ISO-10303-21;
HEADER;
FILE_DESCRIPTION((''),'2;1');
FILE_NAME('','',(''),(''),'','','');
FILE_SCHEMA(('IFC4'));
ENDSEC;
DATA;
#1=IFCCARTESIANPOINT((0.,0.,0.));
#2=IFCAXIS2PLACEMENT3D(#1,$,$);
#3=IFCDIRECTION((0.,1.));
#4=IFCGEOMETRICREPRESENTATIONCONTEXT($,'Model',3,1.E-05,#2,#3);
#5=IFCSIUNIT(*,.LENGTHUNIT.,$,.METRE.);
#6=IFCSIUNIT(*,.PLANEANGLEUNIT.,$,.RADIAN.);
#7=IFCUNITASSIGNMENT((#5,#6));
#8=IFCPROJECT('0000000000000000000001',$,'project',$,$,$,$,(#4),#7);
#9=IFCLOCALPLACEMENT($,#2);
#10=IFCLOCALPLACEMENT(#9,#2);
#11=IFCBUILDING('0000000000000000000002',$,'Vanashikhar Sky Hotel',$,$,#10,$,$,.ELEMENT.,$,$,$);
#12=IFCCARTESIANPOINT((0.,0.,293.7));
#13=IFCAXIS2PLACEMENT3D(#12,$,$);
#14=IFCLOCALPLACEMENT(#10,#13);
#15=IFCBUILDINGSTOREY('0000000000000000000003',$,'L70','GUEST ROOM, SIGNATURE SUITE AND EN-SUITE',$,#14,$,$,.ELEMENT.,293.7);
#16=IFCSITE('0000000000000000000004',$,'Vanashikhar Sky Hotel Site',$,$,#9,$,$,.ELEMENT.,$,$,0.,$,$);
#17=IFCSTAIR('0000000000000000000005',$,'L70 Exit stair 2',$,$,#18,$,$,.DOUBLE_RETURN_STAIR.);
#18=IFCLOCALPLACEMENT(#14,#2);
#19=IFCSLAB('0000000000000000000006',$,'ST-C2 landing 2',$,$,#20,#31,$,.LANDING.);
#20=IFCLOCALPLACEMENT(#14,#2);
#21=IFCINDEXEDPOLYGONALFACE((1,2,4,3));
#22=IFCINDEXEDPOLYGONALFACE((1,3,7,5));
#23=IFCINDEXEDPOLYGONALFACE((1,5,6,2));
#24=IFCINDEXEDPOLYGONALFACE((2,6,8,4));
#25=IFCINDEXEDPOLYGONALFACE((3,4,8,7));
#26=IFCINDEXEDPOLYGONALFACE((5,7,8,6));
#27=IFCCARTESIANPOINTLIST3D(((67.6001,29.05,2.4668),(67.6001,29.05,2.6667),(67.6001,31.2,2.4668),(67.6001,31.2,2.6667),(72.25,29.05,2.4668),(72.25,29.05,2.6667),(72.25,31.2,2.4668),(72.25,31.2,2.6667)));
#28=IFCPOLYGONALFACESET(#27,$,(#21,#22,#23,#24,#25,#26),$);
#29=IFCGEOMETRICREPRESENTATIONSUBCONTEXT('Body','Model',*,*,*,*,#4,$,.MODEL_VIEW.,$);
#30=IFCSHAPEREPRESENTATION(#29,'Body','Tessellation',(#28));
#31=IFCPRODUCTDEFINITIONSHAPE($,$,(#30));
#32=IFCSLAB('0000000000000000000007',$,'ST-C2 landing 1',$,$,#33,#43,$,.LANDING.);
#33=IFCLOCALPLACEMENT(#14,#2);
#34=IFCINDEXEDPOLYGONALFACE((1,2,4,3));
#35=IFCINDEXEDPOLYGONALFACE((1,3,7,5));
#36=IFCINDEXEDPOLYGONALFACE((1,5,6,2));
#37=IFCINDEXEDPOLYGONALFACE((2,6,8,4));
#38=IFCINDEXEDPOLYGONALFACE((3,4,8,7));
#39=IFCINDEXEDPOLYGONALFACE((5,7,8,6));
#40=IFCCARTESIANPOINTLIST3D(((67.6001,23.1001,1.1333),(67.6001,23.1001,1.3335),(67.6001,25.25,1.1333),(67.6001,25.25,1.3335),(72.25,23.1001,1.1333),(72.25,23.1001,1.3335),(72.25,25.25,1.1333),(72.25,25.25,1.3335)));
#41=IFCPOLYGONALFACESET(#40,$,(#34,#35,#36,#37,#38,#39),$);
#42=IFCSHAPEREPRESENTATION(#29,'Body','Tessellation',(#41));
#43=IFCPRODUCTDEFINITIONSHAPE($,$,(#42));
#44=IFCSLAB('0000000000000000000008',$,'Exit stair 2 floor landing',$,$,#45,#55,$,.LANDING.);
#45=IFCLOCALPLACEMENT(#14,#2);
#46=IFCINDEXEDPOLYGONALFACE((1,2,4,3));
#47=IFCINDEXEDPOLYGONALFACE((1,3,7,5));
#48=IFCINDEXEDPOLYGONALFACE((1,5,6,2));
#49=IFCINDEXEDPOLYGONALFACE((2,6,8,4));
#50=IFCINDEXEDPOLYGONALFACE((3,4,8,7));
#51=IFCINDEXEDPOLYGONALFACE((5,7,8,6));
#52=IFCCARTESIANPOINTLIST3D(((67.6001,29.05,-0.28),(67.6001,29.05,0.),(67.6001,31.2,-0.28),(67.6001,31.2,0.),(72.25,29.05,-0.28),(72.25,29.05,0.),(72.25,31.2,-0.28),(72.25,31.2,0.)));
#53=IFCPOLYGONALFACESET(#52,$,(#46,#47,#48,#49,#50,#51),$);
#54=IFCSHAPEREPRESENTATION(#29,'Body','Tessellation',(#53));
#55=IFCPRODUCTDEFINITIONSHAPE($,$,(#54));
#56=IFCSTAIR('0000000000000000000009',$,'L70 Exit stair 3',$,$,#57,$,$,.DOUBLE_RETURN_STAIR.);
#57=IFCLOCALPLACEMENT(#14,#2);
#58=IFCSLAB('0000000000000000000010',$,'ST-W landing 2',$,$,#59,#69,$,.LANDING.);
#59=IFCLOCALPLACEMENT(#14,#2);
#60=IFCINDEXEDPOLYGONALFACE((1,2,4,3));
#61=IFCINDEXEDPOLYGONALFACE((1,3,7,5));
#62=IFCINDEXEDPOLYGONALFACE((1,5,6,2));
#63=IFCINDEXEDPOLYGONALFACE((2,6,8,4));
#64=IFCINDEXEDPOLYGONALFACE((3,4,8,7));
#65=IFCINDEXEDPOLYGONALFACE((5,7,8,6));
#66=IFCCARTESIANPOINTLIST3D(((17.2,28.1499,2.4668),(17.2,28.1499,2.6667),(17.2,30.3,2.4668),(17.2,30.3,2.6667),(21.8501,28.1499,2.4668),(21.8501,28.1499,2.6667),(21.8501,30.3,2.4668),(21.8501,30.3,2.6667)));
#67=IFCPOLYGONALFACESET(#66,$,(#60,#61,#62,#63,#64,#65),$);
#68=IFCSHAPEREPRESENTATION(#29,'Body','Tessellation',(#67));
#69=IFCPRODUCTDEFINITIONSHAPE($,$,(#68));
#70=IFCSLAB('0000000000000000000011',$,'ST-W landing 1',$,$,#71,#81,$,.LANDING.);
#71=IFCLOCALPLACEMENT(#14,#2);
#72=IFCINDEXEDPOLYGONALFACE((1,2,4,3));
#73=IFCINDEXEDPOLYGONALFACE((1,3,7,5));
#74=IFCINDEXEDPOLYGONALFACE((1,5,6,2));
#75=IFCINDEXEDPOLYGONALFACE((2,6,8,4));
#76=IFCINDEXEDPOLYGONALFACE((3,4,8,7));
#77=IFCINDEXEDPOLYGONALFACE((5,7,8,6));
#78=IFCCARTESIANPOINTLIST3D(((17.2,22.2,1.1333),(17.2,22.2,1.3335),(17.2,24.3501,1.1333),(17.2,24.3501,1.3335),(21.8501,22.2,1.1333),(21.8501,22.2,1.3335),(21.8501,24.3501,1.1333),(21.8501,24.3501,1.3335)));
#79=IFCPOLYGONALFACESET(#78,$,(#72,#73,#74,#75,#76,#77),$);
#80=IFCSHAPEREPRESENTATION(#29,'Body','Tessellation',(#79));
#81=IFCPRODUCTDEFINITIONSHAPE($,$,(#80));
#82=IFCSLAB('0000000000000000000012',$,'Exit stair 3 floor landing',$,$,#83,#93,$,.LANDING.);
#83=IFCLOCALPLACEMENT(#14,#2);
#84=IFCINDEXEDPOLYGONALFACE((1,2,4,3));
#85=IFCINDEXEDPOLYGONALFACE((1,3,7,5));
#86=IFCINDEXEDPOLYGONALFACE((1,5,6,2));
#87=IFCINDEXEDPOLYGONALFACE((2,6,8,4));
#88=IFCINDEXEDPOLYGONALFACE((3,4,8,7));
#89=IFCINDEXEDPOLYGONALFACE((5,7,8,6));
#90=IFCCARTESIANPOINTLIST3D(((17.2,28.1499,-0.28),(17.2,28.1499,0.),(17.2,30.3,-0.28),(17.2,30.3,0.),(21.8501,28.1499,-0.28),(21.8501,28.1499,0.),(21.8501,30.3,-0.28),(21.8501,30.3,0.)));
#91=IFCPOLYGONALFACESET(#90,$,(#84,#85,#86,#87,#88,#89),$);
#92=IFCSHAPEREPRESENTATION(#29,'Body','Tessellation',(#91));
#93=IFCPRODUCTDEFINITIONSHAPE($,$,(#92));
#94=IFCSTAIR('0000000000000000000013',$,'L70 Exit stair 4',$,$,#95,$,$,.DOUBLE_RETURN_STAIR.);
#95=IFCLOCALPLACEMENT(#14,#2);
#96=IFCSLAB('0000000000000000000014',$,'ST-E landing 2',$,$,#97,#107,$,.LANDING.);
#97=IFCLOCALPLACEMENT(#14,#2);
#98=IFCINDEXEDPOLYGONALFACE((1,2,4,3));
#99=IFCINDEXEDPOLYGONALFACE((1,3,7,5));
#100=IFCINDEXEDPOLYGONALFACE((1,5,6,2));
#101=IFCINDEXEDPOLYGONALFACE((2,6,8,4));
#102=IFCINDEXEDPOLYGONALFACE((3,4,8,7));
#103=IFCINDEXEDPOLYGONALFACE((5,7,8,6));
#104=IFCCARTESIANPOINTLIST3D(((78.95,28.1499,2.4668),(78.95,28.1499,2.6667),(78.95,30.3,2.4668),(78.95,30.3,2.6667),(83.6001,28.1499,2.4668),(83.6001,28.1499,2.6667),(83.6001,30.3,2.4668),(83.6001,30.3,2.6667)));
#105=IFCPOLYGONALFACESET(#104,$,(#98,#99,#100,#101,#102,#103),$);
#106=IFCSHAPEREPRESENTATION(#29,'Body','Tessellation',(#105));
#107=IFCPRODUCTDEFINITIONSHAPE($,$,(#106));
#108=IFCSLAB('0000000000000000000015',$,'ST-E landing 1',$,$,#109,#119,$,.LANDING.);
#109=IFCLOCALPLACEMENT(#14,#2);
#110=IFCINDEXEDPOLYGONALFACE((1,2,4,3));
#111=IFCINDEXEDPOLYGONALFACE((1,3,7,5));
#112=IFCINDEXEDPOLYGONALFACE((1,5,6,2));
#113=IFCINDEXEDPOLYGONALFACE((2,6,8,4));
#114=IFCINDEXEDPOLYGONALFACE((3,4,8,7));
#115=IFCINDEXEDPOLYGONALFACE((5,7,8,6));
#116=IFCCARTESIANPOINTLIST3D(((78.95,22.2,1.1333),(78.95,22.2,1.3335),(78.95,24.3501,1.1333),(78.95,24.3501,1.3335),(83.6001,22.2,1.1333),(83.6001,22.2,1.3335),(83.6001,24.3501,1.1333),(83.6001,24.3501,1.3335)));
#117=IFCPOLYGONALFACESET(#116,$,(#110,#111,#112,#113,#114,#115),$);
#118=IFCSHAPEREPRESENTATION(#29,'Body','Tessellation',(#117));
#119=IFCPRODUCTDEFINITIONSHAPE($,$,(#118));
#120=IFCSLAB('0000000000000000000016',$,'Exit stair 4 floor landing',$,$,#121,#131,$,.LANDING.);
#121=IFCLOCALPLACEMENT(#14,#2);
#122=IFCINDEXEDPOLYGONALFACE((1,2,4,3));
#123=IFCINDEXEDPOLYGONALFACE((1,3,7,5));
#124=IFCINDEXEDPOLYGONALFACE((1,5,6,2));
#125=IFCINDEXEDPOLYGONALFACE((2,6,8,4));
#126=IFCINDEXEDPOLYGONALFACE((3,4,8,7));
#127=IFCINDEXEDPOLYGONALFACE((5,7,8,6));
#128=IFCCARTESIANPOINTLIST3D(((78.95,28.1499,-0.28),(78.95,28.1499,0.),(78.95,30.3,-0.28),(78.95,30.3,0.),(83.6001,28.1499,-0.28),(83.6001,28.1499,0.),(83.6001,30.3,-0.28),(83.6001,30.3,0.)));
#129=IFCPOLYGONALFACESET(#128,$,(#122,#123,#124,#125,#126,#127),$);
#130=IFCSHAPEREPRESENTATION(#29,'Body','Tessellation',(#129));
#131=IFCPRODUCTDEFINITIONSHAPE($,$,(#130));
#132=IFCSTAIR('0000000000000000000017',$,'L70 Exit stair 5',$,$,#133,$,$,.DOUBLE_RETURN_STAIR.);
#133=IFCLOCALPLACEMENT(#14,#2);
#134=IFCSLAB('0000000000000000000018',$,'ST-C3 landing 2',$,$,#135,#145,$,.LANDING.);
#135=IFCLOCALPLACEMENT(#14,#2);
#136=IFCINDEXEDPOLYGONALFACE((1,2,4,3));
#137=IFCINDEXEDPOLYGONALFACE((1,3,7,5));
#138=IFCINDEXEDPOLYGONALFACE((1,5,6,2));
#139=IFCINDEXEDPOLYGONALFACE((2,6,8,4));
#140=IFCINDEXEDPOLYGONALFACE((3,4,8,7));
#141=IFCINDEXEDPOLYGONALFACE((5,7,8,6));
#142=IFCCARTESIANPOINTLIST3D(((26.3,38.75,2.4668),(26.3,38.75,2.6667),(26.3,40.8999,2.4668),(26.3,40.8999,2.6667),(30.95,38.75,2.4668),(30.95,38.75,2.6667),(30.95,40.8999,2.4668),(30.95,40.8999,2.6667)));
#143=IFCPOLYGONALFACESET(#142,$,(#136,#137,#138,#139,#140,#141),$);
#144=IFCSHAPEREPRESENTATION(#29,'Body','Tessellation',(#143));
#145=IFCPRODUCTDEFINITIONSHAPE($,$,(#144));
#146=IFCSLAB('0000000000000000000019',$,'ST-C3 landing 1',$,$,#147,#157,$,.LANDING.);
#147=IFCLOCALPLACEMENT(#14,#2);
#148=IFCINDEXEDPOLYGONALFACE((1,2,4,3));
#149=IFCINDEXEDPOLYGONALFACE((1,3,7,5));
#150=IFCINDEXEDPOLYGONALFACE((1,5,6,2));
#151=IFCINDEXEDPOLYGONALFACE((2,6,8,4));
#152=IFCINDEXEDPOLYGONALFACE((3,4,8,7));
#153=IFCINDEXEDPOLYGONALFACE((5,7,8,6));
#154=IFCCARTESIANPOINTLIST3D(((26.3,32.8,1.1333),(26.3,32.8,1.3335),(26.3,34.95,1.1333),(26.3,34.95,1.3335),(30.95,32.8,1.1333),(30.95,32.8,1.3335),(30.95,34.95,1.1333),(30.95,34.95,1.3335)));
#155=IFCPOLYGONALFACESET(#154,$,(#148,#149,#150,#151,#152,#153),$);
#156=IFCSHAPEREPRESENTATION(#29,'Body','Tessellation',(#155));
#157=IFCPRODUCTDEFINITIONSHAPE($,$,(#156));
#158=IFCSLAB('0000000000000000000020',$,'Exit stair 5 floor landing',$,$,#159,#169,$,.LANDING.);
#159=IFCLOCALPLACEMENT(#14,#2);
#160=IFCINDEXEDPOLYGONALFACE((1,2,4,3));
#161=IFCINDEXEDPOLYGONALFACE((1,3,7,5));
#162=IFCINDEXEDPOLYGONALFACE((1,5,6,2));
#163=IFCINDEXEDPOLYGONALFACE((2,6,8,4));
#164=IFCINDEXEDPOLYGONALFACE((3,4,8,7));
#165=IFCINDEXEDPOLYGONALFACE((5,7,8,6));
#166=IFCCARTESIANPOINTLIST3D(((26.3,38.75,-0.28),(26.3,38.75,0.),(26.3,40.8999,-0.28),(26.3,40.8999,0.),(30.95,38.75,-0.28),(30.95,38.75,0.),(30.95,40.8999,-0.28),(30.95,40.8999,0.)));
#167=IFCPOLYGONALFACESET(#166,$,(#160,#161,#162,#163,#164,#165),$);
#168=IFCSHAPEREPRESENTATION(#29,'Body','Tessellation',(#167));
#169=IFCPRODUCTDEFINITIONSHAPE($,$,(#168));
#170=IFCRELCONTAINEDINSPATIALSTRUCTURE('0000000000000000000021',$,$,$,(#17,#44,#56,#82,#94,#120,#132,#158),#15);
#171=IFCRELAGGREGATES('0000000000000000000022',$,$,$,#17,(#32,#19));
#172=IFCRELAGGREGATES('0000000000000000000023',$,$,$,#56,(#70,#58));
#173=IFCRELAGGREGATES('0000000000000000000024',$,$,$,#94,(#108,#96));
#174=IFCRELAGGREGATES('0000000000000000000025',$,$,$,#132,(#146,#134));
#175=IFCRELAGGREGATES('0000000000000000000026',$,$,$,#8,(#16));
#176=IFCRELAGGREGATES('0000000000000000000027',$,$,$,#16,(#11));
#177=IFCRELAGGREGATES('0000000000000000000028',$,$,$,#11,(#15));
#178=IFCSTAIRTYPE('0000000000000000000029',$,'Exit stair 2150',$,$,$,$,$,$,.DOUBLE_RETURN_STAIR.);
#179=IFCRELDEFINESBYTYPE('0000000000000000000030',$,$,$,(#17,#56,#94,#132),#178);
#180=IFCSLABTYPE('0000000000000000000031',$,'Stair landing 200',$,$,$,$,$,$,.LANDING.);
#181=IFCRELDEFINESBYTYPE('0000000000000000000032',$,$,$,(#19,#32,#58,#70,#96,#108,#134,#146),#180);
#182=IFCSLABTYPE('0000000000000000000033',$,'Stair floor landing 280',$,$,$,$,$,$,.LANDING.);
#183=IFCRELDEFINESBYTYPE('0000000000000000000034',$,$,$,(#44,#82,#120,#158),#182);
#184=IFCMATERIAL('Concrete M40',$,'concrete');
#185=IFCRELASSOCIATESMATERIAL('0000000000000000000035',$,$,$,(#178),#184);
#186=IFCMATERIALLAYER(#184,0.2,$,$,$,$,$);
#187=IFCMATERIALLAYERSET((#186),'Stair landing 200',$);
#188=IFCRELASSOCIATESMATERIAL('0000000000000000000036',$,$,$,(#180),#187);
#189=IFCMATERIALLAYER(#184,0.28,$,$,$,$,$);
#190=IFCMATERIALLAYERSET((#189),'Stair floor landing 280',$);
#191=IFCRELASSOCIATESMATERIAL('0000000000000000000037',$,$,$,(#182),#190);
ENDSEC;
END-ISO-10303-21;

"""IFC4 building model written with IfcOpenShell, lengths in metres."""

from ifc_helpers import new_model, si_unit, direction, frame, origin, place, context, subcontext, project, spatial, polyline, outline, extrude, source, transform, mapped, material, layer, layer_set, type_object, element, aggregate, save


model = new_model("IFC4")

# Units and contexts
model_context = context("Model", 3, precision=1e-05, world=origin(), true_north=direction((0.0, 1.0)))
body_context = subcontext(model_context, "Body", "Model", "MODEL_VIEW")
ifc_project = project(units=[si_unit("LENGTHUNIT", "METRE"), si_unit("PLANEANGLEUNIT", "RADIAN")], contexts=[model_context])

# Site, building, storey
site_placement = place(None, origin())
site = spatial("IfcSite", under=ifc_project, at=site_placement, Name="Vanashikhar Sky Hotel Site", CompositionType="ELEMENT", RefElevation=0.0)
building_placement = place(site_placement, origin())
building = spatial("IfcBuilding", under=site, at=building_placement, Name="Vanashikhar Sky Hotel", CompositionType="ELEMENT")
storey_placement = place(building_placement, frame((0.0, 0.0, 293.7)))
storey = spatial("IfcBuildingStorey", under=building, at=storey_placement, Name="L70", Description="GUEST ROOM, SIGNATURE SUITE AND EN-SUITE", CompositionType="ELEMENT", Elevation=293.7)

# Shared definitions
ifc_material = material(Name="Concrete M40", Category="concrete")

# Shared definitions
stair_type = type_object("IfcStairType", Name="Exit stair 2150", PredefinedType="DOUBLE_RETURN_STAIR", material=ifc_material)
ifc_layer_1 = layer(ifc_material, 0.2)
ifc_layer_set_1 = layer_set([ifc_layer_1], Name="Stair landing 200")
slab_type_1 = type_object("IfcSlabType", Name="Stair landing 200", PredefinedType="LANDING", material=ifc_layer_set_1)

# Shared definitions
ifc_layer_2 = layer(ifc_material, 0.28)
ifc_layer_set_2 = layer_set([ifc_layer_2], Name="Stair floor landing 280")
slab_type_2 = type_object("IfcSlabType", Name="Stair floor landing 280", PredefinedType="LANDING", material=ifc_layer_set_2)

# Stair, slabs
stair_1_placement = place(storey_placement, origin())
stair_1 = element("IfcStair", 1, at=stair_1_placement, inside=storey, type_object=stair_type, Name="L70 Exit stair 2", PredefinedType="DOUBLE_RETURN_STAIR")
shared_shape_1 = source(origin(), body_context, "Body", "SweptSolid", [
    extrude(outline(polyline([(72.25, 29.05), (72.25, 31.2), (67.6001, 31.2), (67.6001, 29.05), (72.25, 29.05)])), origin(), (0.0, 0.0, 1.0), 0.2),
])
slab_1_placement = place(storey_placement, frame((0.0, 0.0, 2.4668)))
slab_1 = element("IfcSlab", 2, at=slab_1_placement, type_object=slab_type_1, Name="ST-C2 landing 2", PredefinedType="LANDING", context=body_context, shape_type="MappedRepresentation", body=[
    mapped(shared_shape_1, transform((0.0, 0.0, 0.0), scale=1.0)),
])
shared_shape_2 = source(origin(), body_context, "Body", "SweptSolid", [
    extrude(outline(polyline([(72.25, 23.1001), (72.25, 25.25), (67.6001, 25.25), (67.6001, 23.1001), (72.25, 23.1001)])), origin(), (0.0, 0.0, 1.0), 0.2002),
])
slab_2_placement = place(storey_placement, frame((0.0, 0.0, 1.1333)))
slab_2 = element("IfcSlab", 3, at=slab_2_placement, type_object=slab_type_1, Name="ST-C2 landing 1", PredefinedType="LANDING", context=body_context, shape_type="MappedRepresentation", body=[
    mapped(shared_shape_2, transform((0.0, 0.0, 0.0), scale=1.0)),
])
aggregate(stair_1, [slab_2, slab_1])

# Slab
shared_shape_3 = source(origin(), body_context, "Body", "SweptSolid", [
    extrude(outline(polyline([(72.25, 29.05), (72.25, 31.2), (67.6001, 31.2), (67.6001, 29.05), (72.25, 29.05)])), origin(), (0.0, 0.0, 1.0), 0.28),
])
slab_3_placement = place(storey_placement, frame((0.0, 0.0, -0.28)))
element("IfcSlab", 4, at=slab_3_placement, inside=storey, type_object=slab_type_2, Name="Exit stair 2 floor landing", PredefinedType="LANDING", context=body_context, shape_type="MappedRepresentation", body=[
    mapped(shared_shape_3, transform((0.0, 0.0, 0.0), scale=1.0)),
])

# Stair, slabs
stair_2_placement = place(storey_placement, origin())
stair_2 = element("IfcStair", 5, at=stair_2_placement, inside=storey, type_object=stair_type, Name="L70 Exit stair 3", PredefinedType="DOUBLE_RETURN_STAIR")
shared_shape_4 = source(origin(), body_context, "Body", "SweptSolid", [
    extrude(outline(polyline([(21.8501, 28.1499), (21.8501, 30.3), (17.2, 30.3), (17.2, 28.1499), (21.8501, 28.1499)])), origin(), (0.0, 0.0, 1.0), 0.2),
])
slab_4_placement = place(storey_placement, frame((0.0, 0.0, 2.4668)))
slab_4 = element("IfcSlab", 6, at=slab_4_placement, type_object=slab_type_1, Name="ST-W landing 2", PredefinedType="LANDING", context=body_context, shape_type="MappedRepresentation", body=[
    mapped(shared_shape_4, transform((0.0, 0.0, 0.0), scale=1.0)),
])
shared_shape_5 = source(origin(), body_context, "Body", "SweptSolid", [
    extrude(outline(polyline([(21.8501, 22.2), (21.8501, 24.3501), (17.2, 24.3501), (17.2, 22.2), (21.8501, 22.2)])), origin(), (0.0, 0.0, 1.0), 0.2002),
])
slab_5_placement = place(storey_placement, frame((0.0, 0.0, 1.1333)))
slab_5 = element("IfcSlab", 7, at=slab_5_placement, type_object=slab_type_1, Name="ST-W landing 1", PredefinedType="LANDING", context=body_context, shape_type="MappedRepresentation", body=[
    mapped(shared_shape_5, transform((0.0, 0.0, 0.0), scale=1.0)),
])
aggregate(stair_2, [slab_5, slab_4])

# Slab
shared_shape_6 = source(origin(), body_context, "Body", "SweptSolid", [
    extrude(outline(polyline([(21.8501, 28.1499), (21.8501, 30.3), (17.2, 30.3), (17.2, 28.1499), (21.8501, 28.1499)])), origin(), (0.0, 0.0, 1.0), 0.28),
])
slab_6_placement = place(storey_placement, frame((0.0, 0.0, -0.28)))
element("IfcSlab", 8, at=slab_6_placement, inside=storey, type_object=slab_type_2, Name="Exit stair 3 floor landing", PredefinedType="LANDING", context=body_context, shape_type="MappedRepresentation", body=[
    mapped(shared_shape_6, transform((0.0, 0.0, 0.0), scale=1.0)),
])

# Stair, slabs
stair_3_placement = place(storey_placement, origin())
stair_3 = element("IfcStair", 9, at=stair_3_placement, inside=storey, type_object=stair_type, Name="L70 Exit stair 4", PredefinedType="DOUBLE_RETURN_STAIR")
shared_shape_7 = source(origin(), body_context, "Body", "SweptSolid", [
    extrude(outline(polyline([(83.6001, 28.1499), (83.6001, 30.3), (78.95, 30.3), (78.95, 28.1499), (83.6001, 28.1499)])), origin(), (0.0, 0.0, 1.0), 0.2),
])
slab_7_placement = place(storey_placement, frame((0.0, 0.0, 2.4668)))
slab_7 = element("IfcSlab", 10, at=slab_7_placement, type_object=slab_type_1, Name="ST-E landing 2", PredefinedType="LANDING", context=body_context, shape_type="MappedRepresentation", body=[
    mapped(shared_shape_7, transform((0.0, 0.0, 0.0), scale=1.0)),
])
shared_shape_8 = source(origin(), body_context, "Body", "SweptSolid", [
    extrude(outline(polyline([(83.6001, 22.2), (83.6001, 24.3501), (78.95, 24.3501), (78.95, 22.2), (83.6001, 22.2)])), origin(), (0.0, 0.0, 1.0), 0.2002),
])
slab_8_placement = place(storey_placement, frame((0.0, 0.0, 1.1333)))
slab_8 = element("IfcSlab", 11, at=slab_8_placement, type_object=slab_type_1, Name="ST-E landing 1", PredefinedType="LANDING", context=body_context, shape_type="MappedRepresentation", body=[
    mapped(shared_shape_8, transform((0.0, 0.0, 0.0), scale=1.0)),
])
aggregate(stair_3, [slab_8, slab_7])

# Slab
shared_shape_9 = source(origin(), body_context, "Body", "SweptSolid", [
    extrude(outline(polyline([(83.6001, 28.1499), (83.6001, 30.3), (78.95, 30.3), (78.95, 28.1499), (83.6001, 28.1499)])), origin(), (0.0, 0.0, 1.0), 0.28),
])
slab_9_placement = place(storey_placement, frame((0.0, 0.0, -0.28)))
element("IfcSlab", 12, at=slab_9_placement, inside=storey, type_object=slab_type_2, Name="Exit stair 4 floor landing", PredefinedType="LANDING", context=body_context, shape_type="MappedRepresentation", body=[
    mapped(shared_shape_9, transform((0.0, 0.0, 0.0), scale=1.0)),
])

# Stair, slabs
stair_4_placement = place(storey_placement, origin())
stair_4 = element("IfcStair", 13, at=stair_4_placement, inside=storey, type_object=stair_type, Name="L70 Exit stair 5", PredefinedType="DOUBLE_RETURN_STAIR")
shared_shape_10 = source(origin(), body_context, "Body", "SweptSolid", [
    extrude(outline(polyline([(30.95, 38.75), (30.95, 40.8999), (26.3, 40.8999), (26.3, 38.75), (30.95, 38.75)])), origin(), (0.0, 0.0, 1.0), 0.2),
])
slab_10_placement = place(storey_placement, frame((0.0, 0.0, 2.4668)))
slab_10 = element("IfcSlab", 14, at=slab_10_placement, type_object=slab_type_1, Name="ST-C3 landing 2", PredefinedType="LANDING", context=body_context, shape_type="MappedRepresentation", body=[
    mapped(shared_shape_10, transform((0.0, 0.0, 0.0), scale=1.0)),
])
shared_shape_11 = source(origin(), body_context, "Body", "SweptSolid", [
    extrude(outline(polyline([(30.95, 32.8), (30.95, 34.95), (26.3, 34.95), (26.3, 32.8), (30.95, 32.8)])), origin(), (0.0, 0.0, 1.0), 0.2002),
])
slab_11_placement = place(storey_placement, frame((0.0, 0.0, 1.1333)))
slab_11 = element("IfcSlab", 15, at=slab_11_placement, type_object=slab_type_1, Name="ST-C3 landing 1", PredefinedType="LANDING", context=body_context, shape_type="MappedRepresentation", body=[
    mapped(shared_shape_11, transform((0.0, 0.0, 0.0), scale=1.0)),
])
aggregate(stair_4, [slab_11, slab_10])

# Slab
shared_shape_12 = source(origin(), body_context, "Body", "SweptSolid", [
    extrude(outline(polyline([(30.95, 38.75), (30.95, 40.8999), (26.3, 40.8999), (26.3, 38.75), (30.95, 38.75)])), origin(), (0.0, 0.0, 1.0), 0.28),
])
slab_12_placement = place(storey_placement, frame((0.0, 0.0, -0.28)))
element("IfcSlab", 16, at=slab_12_placement, inside=storey, type_object=slab_type_2, Name="Exit stair 5 floor landing", PredefinedType="LANDING", context=body_context, shape_type="MappedRepresentation", body=[
    mapped(shared_shape_12, transform((0.0, 0.0, 0.0), scale=1.0)),
])

save(model, "model.ifc")
